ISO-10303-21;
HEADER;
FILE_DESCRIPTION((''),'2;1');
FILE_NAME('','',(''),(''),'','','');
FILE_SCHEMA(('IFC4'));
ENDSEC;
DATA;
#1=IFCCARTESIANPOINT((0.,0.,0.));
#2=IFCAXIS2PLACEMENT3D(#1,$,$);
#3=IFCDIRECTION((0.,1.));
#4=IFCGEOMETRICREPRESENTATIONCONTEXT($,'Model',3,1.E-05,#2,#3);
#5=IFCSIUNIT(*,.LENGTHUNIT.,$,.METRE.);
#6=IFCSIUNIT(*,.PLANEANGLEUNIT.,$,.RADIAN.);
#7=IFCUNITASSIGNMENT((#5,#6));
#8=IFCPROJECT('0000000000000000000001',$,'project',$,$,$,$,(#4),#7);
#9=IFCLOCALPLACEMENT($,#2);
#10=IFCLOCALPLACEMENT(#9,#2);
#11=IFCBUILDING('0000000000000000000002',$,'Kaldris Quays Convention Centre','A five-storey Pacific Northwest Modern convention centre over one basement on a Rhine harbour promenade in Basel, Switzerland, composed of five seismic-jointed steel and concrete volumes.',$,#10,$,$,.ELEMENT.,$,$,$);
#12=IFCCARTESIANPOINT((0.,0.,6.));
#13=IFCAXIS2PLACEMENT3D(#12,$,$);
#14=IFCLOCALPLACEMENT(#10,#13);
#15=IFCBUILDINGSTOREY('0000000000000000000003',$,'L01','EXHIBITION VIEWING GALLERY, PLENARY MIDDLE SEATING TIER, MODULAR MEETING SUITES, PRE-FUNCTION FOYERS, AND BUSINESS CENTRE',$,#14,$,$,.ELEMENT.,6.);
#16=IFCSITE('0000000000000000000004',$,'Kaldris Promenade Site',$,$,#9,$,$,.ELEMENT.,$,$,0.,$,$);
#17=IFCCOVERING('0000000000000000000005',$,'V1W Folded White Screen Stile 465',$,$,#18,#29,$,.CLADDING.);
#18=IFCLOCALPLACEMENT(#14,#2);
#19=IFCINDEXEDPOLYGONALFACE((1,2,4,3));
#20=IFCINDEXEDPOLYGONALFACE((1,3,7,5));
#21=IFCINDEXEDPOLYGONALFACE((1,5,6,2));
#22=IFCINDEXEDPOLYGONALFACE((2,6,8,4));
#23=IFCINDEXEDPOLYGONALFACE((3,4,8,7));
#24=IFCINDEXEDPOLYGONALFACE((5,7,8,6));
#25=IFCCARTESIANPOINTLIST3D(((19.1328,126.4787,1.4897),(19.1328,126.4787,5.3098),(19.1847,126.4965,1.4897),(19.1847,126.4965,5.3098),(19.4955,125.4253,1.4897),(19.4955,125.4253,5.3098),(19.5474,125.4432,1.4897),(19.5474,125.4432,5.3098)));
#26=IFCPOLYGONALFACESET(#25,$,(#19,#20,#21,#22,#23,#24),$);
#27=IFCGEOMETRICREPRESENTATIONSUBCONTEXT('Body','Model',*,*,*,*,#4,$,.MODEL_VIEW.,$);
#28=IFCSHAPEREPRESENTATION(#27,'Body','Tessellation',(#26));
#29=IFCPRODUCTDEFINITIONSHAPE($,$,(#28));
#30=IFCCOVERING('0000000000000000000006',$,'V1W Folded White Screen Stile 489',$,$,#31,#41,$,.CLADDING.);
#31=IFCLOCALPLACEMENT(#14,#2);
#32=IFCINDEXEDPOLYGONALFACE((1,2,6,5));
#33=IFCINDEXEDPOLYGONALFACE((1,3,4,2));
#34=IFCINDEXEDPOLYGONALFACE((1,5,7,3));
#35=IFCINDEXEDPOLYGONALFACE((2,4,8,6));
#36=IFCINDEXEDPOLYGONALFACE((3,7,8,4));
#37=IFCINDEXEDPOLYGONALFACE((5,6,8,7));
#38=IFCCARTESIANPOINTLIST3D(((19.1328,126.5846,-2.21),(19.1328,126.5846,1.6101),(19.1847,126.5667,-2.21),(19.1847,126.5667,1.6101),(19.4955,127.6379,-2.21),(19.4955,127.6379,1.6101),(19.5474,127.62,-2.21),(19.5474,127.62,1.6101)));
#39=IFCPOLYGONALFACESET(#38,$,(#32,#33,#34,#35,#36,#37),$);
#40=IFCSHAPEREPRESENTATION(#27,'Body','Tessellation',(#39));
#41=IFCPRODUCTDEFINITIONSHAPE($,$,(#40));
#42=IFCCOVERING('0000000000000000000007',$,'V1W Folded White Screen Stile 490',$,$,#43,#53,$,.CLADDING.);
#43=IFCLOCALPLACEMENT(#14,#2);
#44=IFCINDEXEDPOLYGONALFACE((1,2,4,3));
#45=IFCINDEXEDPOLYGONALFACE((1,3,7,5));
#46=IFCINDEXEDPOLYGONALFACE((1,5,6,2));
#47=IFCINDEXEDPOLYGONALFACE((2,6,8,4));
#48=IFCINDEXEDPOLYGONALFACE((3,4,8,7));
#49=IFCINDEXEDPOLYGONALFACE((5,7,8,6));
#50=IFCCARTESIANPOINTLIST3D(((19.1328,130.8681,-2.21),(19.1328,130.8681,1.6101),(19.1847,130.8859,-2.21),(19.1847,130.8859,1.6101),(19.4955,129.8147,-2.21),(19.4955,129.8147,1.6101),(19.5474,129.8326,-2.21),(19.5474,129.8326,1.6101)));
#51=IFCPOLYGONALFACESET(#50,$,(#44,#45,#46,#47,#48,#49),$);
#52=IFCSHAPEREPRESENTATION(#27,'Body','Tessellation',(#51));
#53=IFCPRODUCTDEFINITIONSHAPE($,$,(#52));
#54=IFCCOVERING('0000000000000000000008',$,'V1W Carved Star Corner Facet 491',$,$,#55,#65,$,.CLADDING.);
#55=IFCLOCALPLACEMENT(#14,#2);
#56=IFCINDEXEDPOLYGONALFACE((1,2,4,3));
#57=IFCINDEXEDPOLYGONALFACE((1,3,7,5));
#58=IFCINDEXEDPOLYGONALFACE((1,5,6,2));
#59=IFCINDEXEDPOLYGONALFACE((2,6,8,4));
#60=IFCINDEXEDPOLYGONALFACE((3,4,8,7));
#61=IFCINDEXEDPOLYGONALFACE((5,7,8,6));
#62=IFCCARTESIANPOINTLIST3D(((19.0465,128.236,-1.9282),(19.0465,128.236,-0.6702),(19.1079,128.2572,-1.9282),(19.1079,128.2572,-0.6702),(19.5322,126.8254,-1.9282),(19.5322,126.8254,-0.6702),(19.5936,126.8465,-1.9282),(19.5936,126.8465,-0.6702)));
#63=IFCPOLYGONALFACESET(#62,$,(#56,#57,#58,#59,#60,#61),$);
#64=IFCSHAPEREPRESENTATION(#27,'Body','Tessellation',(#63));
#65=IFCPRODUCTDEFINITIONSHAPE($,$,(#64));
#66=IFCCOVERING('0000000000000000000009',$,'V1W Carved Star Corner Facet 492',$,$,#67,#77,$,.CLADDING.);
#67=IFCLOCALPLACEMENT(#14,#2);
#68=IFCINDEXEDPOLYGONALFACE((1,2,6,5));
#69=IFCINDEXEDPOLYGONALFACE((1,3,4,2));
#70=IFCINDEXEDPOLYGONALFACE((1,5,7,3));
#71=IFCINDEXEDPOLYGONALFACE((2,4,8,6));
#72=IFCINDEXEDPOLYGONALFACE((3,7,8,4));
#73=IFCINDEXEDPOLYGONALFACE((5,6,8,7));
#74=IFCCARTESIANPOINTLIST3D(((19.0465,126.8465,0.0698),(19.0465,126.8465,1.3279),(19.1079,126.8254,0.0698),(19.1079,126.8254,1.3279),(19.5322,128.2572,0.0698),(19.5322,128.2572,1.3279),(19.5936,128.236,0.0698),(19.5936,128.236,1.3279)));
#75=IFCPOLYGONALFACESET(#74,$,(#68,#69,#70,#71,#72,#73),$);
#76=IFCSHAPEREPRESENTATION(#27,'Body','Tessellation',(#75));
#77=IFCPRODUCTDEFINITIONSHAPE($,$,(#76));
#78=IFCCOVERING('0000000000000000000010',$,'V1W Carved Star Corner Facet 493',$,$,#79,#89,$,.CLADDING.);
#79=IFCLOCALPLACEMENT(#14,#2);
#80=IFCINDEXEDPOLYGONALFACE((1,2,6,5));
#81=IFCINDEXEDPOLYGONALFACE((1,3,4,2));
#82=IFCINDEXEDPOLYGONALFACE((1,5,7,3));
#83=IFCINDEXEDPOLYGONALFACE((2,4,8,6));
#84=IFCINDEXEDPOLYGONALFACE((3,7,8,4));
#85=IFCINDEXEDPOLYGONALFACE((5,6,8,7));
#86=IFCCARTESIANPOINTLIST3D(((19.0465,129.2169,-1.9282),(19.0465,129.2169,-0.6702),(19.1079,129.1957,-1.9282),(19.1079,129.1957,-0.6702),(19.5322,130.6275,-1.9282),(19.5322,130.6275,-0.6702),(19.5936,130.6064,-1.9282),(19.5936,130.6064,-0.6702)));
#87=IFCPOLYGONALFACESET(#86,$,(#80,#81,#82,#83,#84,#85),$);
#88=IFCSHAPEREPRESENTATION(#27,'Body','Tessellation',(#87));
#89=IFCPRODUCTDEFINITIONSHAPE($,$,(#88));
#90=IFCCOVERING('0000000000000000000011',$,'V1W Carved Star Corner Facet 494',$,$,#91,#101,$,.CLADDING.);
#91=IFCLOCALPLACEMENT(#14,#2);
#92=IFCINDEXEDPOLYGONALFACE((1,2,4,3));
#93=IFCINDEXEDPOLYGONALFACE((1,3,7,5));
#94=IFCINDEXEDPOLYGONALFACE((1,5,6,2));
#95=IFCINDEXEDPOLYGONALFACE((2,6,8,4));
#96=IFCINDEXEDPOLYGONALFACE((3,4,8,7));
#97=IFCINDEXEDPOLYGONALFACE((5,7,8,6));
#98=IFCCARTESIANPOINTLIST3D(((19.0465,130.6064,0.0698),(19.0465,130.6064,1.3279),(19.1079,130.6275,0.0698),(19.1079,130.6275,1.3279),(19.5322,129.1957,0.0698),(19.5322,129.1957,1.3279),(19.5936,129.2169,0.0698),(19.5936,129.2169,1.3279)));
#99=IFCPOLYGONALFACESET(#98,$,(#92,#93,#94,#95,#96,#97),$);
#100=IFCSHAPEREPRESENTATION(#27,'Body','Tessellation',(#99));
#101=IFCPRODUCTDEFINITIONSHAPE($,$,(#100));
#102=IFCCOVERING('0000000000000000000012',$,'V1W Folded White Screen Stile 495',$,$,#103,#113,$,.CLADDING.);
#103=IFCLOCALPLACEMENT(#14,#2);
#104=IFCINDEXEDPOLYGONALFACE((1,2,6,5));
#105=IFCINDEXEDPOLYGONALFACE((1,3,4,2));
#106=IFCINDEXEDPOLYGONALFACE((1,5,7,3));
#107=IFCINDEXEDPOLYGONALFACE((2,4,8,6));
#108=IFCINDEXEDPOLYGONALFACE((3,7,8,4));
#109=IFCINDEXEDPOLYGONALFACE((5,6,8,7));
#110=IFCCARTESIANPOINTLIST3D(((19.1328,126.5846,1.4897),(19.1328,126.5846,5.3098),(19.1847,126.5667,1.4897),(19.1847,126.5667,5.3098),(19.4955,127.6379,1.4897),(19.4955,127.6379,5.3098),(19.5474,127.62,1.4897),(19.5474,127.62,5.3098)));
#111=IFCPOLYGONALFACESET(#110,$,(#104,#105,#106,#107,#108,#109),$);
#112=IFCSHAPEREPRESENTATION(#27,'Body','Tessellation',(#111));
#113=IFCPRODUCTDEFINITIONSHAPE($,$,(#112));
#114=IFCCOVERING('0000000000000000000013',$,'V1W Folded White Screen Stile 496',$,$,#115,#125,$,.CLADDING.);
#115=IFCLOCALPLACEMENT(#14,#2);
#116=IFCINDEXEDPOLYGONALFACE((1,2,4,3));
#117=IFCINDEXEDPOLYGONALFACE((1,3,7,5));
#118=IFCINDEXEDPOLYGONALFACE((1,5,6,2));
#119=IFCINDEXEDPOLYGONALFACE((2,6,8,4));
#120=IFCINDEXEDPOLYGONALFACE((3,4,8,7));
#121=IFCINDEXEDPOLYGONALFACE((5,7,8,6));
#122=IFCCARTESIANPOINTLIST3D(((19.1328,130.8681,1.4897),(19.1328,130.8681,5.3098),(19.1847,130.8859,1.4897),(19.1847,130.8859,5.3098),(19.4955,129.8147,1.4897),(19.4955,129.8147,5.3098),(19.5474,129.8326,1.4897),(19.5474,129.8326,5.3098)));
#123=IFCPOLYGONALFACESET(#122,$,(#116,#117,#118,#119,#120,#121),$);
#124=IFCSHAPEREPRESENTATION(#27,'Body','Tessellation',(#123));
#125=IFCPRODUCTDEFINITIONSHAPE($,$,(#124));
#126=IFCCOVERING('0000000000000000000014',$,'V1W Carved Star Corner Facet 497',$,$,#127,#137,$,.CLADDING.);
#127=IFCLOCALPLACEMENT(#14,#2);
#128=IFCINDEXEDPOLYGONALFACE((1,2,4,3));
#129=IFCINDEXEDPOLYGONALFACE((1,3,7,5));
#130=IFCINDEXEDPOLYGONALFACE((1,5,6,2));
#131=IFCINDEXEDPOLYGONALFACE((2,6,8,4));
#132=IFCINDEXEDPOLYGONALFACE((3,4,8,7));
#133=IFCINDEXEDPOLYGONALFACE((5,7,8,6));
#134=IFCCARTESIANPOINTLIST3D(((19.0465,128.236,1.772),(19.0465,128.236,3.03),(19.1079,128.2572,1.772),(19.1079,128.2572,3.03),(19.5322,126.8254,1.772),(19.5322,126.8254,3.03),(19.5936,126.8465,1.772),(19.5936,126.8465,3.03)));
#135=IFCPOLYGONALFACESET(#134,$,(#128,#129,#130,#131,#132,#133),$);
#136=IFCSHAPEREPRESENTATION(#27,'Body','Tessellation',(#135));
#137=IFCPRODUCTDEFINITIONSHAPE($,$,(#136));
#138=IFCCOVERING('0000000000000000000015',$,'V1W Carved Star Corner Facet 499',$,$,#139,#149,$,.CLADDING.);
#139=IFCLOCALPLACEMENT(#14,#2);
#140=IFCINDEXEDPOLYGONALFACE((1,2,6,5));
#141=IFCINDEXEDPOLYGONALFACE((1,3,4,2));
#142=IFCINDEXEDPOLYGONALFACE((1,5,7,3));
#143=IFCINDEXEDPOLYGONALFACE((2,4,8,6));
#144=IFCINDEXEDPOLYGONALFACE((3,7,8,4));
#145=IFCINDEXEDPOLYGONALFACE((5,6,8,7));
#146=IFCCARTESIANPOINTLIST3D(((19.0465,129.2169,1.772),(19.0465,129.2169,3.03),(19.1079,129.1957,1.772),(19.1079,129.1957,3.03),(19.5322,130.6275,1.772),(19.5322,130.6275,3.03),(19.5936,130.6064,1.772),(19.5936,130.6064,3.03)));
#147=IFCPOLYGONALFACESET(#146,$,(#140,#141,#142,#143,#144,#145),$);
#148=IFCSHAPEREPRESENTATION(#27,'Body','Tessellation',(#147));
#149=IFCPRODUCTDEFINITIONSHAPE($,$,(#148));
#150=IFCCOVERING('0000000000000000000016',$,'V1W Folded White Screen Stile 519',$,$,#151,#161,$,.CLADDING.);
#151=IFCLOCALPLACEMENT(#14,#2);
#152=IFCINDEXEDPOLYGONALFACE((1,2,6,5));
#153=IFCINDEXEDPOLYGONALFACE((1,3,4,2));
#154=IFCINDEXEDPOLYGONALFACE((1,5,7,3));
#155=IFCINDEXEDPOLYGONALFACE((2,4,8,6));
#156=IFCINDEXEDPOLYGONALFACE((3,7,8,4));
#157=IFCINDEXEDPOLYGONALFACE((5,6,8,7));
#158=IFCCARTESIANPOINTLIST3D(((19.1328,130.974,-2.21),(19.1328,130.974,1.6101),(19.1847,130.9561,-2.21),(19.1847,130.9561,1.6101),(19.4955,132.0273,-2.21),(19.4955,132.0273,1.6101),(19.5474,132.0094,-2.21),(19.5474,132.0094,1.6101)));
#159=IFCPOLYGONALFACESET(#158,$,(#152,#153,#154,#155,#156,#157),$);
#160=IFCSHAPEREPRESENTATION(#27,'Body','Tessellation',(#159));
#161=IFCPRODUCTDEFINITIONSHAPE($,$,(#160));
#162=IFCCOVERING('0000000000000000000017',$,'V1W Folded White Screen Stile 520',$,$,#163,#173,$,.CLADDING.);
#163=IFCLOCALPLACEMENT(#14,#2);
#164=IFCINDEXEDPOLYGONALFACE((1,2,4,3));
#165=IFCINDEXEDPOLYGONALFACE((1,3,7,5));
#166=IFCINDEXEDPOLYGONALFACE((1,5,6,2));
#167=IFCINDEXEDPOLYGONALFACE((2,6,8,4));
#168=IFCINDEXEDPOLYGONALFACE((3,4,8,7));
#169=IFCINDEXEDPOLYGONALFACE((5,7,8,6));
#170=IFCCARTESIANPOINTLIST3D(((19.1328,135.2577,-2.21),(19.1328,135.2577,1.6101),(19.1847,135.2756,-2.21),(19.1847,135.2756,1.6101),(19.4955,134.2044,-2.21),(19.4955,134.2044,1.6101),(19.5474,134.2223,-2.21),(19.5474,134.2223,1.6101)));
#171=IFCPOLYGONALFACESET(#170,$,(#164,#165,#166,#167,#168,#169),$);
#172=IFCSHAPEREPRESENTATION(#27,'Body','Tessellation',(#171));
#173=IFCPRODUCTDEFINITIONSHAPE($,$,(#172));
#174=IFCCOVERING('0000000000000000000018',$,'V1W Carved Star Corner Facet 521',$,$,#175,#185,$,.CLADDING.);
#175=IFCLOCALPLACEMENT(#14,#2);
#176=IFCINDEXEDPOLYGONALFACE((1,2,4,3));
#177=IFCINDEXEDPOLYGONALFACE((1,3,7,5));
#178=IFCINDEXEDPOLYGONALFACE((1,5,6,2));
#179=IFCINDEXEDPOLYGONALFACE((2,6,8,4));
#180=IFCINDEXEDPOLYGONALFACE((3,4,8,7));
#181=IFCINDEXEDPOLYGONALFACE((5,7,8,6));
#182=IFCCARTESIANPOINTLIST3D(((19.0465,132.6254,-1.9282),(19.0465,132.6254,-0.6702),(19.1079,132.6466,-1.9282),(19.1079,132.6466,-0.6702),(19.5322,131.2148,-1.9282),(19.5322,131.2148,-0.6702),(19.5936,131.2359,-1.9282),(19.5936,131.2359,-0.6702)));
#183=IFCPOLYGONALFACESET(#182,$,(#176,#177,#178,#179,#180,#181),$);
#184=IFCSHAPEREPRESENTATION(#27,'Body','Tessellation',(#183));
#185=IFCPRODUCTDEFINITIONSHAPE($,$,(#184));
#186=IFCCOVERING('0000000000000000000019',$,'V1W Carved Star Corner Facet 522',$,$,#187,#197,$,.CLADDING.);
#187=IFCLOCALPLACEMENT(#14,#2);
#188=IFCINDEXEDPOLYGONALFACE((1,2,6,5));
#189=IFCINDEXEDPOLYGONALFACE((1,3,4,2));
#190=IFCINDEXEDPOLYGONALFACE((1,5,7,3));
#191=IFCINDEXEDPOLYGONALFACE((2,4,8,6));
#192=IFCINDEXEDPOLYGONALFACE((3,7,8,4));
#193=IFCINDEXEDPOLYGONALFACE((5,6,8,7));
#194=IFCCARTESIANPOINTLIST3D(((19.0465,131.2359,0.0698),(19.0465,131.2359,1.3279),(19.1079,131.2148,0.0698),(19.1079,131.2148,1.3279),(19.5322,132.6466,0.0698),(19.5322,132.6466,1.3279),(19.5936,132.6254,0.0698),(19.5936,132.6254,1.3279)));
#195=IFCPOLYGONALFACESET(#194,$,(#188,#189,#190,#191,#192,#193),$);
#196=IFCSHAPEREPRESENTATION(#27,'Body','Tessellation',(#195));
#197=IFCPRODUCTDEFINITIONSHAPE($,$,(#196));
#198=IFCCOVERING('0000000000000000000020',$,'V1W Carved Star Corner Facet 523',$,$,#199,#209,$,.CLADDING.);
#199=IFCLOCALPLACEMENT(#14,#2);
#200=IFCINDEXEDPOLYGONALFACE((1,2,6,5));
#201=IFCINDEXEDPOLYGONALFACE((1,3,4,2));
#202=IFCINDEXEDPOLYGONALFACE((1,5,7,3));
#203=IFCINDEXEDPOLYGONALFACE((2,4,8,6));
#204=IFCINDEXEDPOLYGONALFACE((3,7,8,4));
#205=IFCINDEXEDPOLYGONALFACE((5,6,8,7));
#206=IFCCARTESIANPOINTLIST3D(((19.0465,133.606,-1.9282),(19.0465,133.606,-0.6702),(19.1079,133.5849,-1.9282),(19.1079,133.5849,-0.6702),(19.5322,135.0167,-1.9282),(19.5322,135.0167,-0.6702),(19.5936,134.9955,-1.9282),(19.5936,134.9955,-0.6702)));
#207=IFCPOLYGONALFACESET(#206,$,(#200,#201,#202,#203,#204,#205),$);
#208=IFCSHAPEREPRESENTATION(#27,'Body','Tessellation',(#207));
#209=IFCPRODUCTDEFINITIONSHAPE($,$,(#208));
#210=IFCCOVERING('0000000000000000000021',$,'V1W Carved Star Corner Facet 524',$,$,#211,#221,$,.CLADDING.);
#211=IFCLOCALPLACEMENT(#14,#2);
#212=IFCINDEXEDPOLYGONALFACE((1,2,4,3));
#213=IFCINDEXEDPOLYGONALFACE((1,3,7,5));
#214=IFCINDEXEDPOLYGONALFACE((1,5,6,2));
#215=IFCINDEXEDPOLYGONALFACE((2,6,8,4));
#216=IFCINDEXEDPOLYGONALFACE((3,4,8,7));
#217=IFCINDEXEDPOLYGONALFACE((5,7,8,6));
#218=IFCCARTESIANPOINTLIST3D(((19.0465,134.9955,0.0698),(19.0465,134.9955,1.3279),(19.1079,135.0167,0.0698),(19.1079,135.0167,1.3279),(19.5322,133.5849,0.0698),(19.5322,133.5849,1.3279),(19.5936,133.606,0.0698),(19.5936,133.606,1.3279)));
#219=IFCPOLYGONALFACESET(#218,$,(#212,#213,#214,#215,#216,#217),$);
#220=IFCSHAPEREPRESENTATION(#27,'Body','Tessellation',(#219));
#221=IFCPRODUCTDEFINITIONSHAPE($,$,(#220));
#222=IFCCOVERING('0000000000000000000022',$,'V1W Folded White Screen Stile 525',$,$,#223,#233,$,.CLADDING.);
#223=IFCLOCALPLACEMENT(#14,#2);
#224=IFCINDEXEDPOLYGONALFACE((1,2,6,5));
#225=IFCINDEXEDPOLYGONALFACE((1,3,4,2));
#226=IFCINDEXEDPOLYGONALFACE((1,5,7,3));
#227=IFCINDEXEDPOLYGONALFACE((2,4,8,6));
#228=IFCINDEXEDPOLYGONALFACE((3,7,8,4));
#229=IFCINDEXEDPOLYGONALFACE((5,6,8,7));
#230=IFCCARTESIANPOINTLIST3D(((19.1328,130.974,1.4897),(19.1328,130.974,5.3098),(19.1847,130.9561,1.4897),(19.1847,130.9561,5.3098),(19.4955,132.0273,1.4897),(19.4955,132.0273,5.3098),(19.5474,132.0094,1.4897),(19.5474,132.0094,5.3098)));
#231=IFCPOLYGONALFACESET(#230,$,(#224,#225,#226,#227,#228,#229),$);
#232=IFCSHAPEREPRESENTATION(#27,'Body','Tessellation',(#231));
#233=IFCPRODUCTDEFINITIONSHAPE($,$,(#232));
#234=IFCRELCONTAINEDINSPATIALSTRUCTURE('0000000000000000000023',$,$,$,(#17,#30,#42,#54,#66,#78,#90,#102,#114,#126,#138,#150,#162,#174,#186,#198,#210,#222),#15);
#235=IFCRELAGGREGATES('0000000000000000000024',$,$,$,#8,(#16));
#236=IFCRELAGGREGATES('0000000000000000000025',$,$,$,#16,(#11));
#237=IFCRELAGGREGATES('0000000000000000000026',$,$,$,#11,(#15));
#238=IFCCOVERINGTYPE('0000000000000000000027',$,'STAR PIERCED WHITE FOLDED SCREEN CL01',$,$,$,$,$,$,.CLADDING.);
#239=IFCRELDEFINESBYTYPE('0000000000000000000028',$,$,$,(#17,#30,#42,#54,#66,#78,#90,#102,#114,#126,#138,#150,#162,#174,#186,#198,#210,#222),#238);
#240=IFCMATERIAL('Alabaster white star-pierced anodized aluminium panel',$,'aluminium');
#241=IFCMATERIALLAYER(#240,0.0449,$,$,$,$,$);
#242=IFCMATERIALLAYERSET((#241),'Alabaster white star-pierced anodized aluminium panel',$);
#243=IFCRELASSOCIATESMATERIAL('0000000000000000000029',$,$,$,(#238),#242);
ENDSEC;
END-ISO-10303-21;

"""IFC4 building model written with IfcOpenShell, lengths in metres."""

from ifc_helpers import new_model, si_unit, direction, frame, origin, origin_2d, place, context, subcontext, project, spatial, rectangle, extrude, material, layer, layer_set, type_object, element, save


model = new_model("IFC4")

# Units and contexts
model_context = context("Model", 3, precision=1e-05, world=origin(), true_north=direction((0.0, 1.0)))
body_context = subcontext(model_context, "Body", "Model", "MODEL_VIEW")
ifc_project = project(units=[si_unit("LENGTHUNIT", "METRE"), si_unit("PLANEANGLEUNIT", "RADIAN")], contexts=[model_context])

# Site, building, storey
site_placement = place(None, origin())
site = spatial("IfcSite", under=ifc_project, at=site_placement, Name="Kaldris Promenade Site", CompositionType="ELEMENT", RefElevation=0.0)
building_placement = place(site_placement, origin())
building = spatial("IfcBuilding", under=site, at=building_placement, Name="Kaldris Quays Convention Centre", Description="A five-storey Pacific Northwest Modern convention centre over one basement on a Rhine harbour promenade in Basel, Switzerland, composed of five seismic-jointed steel and concrete volumes.", CompositionType="ELEMENT")
storey_placement = place(building_placement, frame((0.0, 0.0, 6.0)))
storey = spatial("IfcBuildingStorey", under=building, at=storey_placement, Name="L01", Description="EXHIBITION VIEWING GALLERY, PLENARY MIDDLE SEATING TIER, MODULAR MEETING SUITES, PRE-FUNCTION FOYERS, AND BUSINESS CENTRE", CompositionType="ELEMENT", Elevation=6.0)

# Coverings
ifc_material_1 = material(Name="Alabaster white star-pierced anodized aluminium panel", Category="aluminium")
ifc_layer = layer(ifc_material_1, 0.0449)
ifc_layer_set = layer_set([ifc_layer], Name="Alabaster white star-pierced anodized aluminium panel")
covering_type = type_object("IfcCoveringType", Name="STAR PIERCED WHITE FOLDED SCREEN CL01", PredefinedType="CLADDING", material=ifc_layer_set)
for number, where, z_axis, x_axis, name in (
    (1, (19.3401, 125.9609, 1.4897), (0.0, 0.0, 1.0), (-0.325568, 0.945519, 0.0), "V1W Folded White Screen Stile 465"),
    (2, (19.3401, 127.1023, -2.21), (0.0, 0.0, 1.0), (0.325568, 0.945519, 0.0), "V1W Folded White Screen Stile 489"),
    (3, (19.3401, 130.3503, -2.21), (0.0, 0.0, 1.0), (-0.325568, 0.945519, 0.0), "V1W Folded White Screen Stile 490"),
):
    element("IfcCovering", number, at=place(storey_placement, frame(where, z_axis=z_axis, x_axis=x_axis)), inside=storey, type_object=covering_type, Name=name, PredefinedType="CLADDING", context=body_context, shape_type="SweptSolid", body=[
        extrude(rectangle(XDim=1.114, YDim=0.0549, at=origin_2d()), origin(), (0.0, 0.0, 1.0), 3.8201),
    ])
for number, where, z_axis, x_axis, name in (
    (4, (19.3201, 127.5413, -1.9282), (0.0, 0.0, 1.0), (-0.325568, 0.945519, 0.0), "V1W Carved Star Corner Facet 491"),
    (5, (19.3201, 127.5413, 0.0698), (0.0, 0.0, 1.0), (0.325568, 0.945519, 0.0), "V1W Carved Star Corner Facet 492"),
    (6, (19.3201, 129.9116, -1.9282), (0.0, 0.0, 1.0), (0.325568, 0.945519, 0.0), "V1W Carved Star Corner Facet 493"),
    (7, (19.3201, 129.9116, 0.0698), (0.0, 0.0, 1.0), (-0.325568, 0.945519, 0.0), "V1W Carved Star Corner Facet 494"),
):
    element("IfcCovering", number, at=place(storey_placement, frame(where, z_axis=z_axis, x_axis=x_axis)), inside=storey, type_object=covering_type, Name=name, PredefinedType="CLADDING", context=body_context, shape_type="SweptSolid", body=[
        extrude(rectangle(XDim=1.4919, YDim=0.0649, at=origin_2d()), origin(), (0.0, 0.0, 1.0), 1.2581),
    ])
for number, where, z_axis, x_axis, name in (
    (8, (19.3401, 127.1023, 1.4897), (0.0, 0.0, 1.0), (0.325568, 0.945519, 0.0), "V1W Folded White Screen Stile 495"),
    (9, (19.3401, 130.3503, 1.4897), (0.0, 0.0, 1.0), (-0.325568, 0.945519, 0.0), "V1W Folded White Screen Stile 496"),
):
    element("IfcCovering", number, at=place(storey_placement, frame(where, z_axis=z_axis, x_axis=x_axis)), inside=storey, type_object=covering_type, Name=name, PredefinedType="CLADDING", context=body_context, shape_type="SweptSolid", body=[
        extrude(rectangle(XDim=1.114, YDim=0.0549, at=origin_2d()), origin(), (0.0, 0.0, 1.0), 3.8201),
    ])
for number, where, z_axis, x_axis, name in (
    (10, (19.3201, 127.5413, 1.772), (0.0, 0.0, 1.0), (-0.325568, 0.945519, 0.0), "V1W Carved Star Corner Facet 497"),
    (11, (19.3201, 129.9116, 1.772), (0.0, 0.0, 1.0), (0.325568, 0.945519, 0.0), "V1W Carved Star Corner Facet 499"),
):
    element("IfcCovering", number, at=place(storey_placement, frame(where, z_axis=z_axis, x_axis=x_axis)), inside=storey, type_object=covering_type, Name=name, PredefinedType="CLADDING", context=body_context, shape_type="SweptSolid", body=[
        extrude(rectangle(XDim=1.4919, YDim=0.0649, at=origin_2d()), origin(), (0.0, 0.0, 1.0), 1.2581),
    ])
for number, where, z_axis, x_axis, name in (
    (12, (19.3401, 131.4917, -2.21), (0.0, 0.0, 1.0), (0.325568, 0.945519, 0.0), "V1W Folded White Screen Stile 519"),
    (13, (19.3401, 134.74, -2.21), (0.0, 0.0, 1.0), (-0.325568, 0.945519, 0.0), "V1W Folded White Screen Stile 520"),
):
    element("IfcCovering", number, at=place(storey_placement, frame(where, z_axis=z_axis, x_axis=x_axis)), inside=storey, type_object=covering_type, Name=name, PredefinedType="CLADDING", context=body_context, shape_type="SweptSolid", body=[
        extrude(rectangle(XDim=1.114, YDim=0.0549, at=origin_2d()), origin(), (0.0, 0.0, 1.0), 3.8201),
    ])
for number, where, z_axis, x_axis, name in (
    (14, (19.3201, 131.9307, -1.9282), (0.0, 0.0, 1.0), (-0.325568, 0.945519, 0.0), "V1W Carved Star Corner Facet 521"),
    (15, (19.3201, 131.9307, 0.0698), (0.0, 0.0, 1.0), (0.325568, 0.945519, 0.0), "V1W Carved Star Corner Facet 522"),
    (16, (19.3201, 134.3008, -1.9282), (0.0, 0.0, 1.0), (0.325568, 0.945519, 0.0), "V1W Carved Star Corner Facet 523"),
    (17, (19.3201, 134.3008, 0.0698), (0.0, 0.0, 1.0), (-0.325568, 0.945519, 0.0), "V1W Carved Star Corner Facet 524"),
):
    element("IfcCovering", number, at=place(storey_placement, frame(where, z_axis=z_axis, x_axis=x_axis)), inside=storey, type_object=covering_type, Name=name, PredefinedType="CLADDING", context=body_context, shape_type="SweptSolid", body=[
        extrude(rectangle(XDim=1.4919, YDim=0.0649, at=origin_2d()), origin(), (0.0, 0.0, 1.0), 1.2581),
    ])
for number, where, z_axis, x_axis, name in (
    (18, (19.3401, 131.4917, 1.4897), (0.0, 0.0, 1.0), (0.325568, 0.945519, 0.0), "V1W Folded White Screen Stile 525"),
):
    element("IfcCovering", number, at=place(storey_placement, frame(where, z_axis=z_axis, x_axis=x_axis)), inside=storey, type_object=covering_type, Name=name, PredefinedType="CLADDING", context=body_context, shape_type="SweptSolid", body=[
        extrude(rectangle(XDim=1.114, YDim=0.0549, at=origin_2d()), origin(), (0.0, 0.0, 1.0), 3.8201),
    ])

save(model, "model.ifc")
